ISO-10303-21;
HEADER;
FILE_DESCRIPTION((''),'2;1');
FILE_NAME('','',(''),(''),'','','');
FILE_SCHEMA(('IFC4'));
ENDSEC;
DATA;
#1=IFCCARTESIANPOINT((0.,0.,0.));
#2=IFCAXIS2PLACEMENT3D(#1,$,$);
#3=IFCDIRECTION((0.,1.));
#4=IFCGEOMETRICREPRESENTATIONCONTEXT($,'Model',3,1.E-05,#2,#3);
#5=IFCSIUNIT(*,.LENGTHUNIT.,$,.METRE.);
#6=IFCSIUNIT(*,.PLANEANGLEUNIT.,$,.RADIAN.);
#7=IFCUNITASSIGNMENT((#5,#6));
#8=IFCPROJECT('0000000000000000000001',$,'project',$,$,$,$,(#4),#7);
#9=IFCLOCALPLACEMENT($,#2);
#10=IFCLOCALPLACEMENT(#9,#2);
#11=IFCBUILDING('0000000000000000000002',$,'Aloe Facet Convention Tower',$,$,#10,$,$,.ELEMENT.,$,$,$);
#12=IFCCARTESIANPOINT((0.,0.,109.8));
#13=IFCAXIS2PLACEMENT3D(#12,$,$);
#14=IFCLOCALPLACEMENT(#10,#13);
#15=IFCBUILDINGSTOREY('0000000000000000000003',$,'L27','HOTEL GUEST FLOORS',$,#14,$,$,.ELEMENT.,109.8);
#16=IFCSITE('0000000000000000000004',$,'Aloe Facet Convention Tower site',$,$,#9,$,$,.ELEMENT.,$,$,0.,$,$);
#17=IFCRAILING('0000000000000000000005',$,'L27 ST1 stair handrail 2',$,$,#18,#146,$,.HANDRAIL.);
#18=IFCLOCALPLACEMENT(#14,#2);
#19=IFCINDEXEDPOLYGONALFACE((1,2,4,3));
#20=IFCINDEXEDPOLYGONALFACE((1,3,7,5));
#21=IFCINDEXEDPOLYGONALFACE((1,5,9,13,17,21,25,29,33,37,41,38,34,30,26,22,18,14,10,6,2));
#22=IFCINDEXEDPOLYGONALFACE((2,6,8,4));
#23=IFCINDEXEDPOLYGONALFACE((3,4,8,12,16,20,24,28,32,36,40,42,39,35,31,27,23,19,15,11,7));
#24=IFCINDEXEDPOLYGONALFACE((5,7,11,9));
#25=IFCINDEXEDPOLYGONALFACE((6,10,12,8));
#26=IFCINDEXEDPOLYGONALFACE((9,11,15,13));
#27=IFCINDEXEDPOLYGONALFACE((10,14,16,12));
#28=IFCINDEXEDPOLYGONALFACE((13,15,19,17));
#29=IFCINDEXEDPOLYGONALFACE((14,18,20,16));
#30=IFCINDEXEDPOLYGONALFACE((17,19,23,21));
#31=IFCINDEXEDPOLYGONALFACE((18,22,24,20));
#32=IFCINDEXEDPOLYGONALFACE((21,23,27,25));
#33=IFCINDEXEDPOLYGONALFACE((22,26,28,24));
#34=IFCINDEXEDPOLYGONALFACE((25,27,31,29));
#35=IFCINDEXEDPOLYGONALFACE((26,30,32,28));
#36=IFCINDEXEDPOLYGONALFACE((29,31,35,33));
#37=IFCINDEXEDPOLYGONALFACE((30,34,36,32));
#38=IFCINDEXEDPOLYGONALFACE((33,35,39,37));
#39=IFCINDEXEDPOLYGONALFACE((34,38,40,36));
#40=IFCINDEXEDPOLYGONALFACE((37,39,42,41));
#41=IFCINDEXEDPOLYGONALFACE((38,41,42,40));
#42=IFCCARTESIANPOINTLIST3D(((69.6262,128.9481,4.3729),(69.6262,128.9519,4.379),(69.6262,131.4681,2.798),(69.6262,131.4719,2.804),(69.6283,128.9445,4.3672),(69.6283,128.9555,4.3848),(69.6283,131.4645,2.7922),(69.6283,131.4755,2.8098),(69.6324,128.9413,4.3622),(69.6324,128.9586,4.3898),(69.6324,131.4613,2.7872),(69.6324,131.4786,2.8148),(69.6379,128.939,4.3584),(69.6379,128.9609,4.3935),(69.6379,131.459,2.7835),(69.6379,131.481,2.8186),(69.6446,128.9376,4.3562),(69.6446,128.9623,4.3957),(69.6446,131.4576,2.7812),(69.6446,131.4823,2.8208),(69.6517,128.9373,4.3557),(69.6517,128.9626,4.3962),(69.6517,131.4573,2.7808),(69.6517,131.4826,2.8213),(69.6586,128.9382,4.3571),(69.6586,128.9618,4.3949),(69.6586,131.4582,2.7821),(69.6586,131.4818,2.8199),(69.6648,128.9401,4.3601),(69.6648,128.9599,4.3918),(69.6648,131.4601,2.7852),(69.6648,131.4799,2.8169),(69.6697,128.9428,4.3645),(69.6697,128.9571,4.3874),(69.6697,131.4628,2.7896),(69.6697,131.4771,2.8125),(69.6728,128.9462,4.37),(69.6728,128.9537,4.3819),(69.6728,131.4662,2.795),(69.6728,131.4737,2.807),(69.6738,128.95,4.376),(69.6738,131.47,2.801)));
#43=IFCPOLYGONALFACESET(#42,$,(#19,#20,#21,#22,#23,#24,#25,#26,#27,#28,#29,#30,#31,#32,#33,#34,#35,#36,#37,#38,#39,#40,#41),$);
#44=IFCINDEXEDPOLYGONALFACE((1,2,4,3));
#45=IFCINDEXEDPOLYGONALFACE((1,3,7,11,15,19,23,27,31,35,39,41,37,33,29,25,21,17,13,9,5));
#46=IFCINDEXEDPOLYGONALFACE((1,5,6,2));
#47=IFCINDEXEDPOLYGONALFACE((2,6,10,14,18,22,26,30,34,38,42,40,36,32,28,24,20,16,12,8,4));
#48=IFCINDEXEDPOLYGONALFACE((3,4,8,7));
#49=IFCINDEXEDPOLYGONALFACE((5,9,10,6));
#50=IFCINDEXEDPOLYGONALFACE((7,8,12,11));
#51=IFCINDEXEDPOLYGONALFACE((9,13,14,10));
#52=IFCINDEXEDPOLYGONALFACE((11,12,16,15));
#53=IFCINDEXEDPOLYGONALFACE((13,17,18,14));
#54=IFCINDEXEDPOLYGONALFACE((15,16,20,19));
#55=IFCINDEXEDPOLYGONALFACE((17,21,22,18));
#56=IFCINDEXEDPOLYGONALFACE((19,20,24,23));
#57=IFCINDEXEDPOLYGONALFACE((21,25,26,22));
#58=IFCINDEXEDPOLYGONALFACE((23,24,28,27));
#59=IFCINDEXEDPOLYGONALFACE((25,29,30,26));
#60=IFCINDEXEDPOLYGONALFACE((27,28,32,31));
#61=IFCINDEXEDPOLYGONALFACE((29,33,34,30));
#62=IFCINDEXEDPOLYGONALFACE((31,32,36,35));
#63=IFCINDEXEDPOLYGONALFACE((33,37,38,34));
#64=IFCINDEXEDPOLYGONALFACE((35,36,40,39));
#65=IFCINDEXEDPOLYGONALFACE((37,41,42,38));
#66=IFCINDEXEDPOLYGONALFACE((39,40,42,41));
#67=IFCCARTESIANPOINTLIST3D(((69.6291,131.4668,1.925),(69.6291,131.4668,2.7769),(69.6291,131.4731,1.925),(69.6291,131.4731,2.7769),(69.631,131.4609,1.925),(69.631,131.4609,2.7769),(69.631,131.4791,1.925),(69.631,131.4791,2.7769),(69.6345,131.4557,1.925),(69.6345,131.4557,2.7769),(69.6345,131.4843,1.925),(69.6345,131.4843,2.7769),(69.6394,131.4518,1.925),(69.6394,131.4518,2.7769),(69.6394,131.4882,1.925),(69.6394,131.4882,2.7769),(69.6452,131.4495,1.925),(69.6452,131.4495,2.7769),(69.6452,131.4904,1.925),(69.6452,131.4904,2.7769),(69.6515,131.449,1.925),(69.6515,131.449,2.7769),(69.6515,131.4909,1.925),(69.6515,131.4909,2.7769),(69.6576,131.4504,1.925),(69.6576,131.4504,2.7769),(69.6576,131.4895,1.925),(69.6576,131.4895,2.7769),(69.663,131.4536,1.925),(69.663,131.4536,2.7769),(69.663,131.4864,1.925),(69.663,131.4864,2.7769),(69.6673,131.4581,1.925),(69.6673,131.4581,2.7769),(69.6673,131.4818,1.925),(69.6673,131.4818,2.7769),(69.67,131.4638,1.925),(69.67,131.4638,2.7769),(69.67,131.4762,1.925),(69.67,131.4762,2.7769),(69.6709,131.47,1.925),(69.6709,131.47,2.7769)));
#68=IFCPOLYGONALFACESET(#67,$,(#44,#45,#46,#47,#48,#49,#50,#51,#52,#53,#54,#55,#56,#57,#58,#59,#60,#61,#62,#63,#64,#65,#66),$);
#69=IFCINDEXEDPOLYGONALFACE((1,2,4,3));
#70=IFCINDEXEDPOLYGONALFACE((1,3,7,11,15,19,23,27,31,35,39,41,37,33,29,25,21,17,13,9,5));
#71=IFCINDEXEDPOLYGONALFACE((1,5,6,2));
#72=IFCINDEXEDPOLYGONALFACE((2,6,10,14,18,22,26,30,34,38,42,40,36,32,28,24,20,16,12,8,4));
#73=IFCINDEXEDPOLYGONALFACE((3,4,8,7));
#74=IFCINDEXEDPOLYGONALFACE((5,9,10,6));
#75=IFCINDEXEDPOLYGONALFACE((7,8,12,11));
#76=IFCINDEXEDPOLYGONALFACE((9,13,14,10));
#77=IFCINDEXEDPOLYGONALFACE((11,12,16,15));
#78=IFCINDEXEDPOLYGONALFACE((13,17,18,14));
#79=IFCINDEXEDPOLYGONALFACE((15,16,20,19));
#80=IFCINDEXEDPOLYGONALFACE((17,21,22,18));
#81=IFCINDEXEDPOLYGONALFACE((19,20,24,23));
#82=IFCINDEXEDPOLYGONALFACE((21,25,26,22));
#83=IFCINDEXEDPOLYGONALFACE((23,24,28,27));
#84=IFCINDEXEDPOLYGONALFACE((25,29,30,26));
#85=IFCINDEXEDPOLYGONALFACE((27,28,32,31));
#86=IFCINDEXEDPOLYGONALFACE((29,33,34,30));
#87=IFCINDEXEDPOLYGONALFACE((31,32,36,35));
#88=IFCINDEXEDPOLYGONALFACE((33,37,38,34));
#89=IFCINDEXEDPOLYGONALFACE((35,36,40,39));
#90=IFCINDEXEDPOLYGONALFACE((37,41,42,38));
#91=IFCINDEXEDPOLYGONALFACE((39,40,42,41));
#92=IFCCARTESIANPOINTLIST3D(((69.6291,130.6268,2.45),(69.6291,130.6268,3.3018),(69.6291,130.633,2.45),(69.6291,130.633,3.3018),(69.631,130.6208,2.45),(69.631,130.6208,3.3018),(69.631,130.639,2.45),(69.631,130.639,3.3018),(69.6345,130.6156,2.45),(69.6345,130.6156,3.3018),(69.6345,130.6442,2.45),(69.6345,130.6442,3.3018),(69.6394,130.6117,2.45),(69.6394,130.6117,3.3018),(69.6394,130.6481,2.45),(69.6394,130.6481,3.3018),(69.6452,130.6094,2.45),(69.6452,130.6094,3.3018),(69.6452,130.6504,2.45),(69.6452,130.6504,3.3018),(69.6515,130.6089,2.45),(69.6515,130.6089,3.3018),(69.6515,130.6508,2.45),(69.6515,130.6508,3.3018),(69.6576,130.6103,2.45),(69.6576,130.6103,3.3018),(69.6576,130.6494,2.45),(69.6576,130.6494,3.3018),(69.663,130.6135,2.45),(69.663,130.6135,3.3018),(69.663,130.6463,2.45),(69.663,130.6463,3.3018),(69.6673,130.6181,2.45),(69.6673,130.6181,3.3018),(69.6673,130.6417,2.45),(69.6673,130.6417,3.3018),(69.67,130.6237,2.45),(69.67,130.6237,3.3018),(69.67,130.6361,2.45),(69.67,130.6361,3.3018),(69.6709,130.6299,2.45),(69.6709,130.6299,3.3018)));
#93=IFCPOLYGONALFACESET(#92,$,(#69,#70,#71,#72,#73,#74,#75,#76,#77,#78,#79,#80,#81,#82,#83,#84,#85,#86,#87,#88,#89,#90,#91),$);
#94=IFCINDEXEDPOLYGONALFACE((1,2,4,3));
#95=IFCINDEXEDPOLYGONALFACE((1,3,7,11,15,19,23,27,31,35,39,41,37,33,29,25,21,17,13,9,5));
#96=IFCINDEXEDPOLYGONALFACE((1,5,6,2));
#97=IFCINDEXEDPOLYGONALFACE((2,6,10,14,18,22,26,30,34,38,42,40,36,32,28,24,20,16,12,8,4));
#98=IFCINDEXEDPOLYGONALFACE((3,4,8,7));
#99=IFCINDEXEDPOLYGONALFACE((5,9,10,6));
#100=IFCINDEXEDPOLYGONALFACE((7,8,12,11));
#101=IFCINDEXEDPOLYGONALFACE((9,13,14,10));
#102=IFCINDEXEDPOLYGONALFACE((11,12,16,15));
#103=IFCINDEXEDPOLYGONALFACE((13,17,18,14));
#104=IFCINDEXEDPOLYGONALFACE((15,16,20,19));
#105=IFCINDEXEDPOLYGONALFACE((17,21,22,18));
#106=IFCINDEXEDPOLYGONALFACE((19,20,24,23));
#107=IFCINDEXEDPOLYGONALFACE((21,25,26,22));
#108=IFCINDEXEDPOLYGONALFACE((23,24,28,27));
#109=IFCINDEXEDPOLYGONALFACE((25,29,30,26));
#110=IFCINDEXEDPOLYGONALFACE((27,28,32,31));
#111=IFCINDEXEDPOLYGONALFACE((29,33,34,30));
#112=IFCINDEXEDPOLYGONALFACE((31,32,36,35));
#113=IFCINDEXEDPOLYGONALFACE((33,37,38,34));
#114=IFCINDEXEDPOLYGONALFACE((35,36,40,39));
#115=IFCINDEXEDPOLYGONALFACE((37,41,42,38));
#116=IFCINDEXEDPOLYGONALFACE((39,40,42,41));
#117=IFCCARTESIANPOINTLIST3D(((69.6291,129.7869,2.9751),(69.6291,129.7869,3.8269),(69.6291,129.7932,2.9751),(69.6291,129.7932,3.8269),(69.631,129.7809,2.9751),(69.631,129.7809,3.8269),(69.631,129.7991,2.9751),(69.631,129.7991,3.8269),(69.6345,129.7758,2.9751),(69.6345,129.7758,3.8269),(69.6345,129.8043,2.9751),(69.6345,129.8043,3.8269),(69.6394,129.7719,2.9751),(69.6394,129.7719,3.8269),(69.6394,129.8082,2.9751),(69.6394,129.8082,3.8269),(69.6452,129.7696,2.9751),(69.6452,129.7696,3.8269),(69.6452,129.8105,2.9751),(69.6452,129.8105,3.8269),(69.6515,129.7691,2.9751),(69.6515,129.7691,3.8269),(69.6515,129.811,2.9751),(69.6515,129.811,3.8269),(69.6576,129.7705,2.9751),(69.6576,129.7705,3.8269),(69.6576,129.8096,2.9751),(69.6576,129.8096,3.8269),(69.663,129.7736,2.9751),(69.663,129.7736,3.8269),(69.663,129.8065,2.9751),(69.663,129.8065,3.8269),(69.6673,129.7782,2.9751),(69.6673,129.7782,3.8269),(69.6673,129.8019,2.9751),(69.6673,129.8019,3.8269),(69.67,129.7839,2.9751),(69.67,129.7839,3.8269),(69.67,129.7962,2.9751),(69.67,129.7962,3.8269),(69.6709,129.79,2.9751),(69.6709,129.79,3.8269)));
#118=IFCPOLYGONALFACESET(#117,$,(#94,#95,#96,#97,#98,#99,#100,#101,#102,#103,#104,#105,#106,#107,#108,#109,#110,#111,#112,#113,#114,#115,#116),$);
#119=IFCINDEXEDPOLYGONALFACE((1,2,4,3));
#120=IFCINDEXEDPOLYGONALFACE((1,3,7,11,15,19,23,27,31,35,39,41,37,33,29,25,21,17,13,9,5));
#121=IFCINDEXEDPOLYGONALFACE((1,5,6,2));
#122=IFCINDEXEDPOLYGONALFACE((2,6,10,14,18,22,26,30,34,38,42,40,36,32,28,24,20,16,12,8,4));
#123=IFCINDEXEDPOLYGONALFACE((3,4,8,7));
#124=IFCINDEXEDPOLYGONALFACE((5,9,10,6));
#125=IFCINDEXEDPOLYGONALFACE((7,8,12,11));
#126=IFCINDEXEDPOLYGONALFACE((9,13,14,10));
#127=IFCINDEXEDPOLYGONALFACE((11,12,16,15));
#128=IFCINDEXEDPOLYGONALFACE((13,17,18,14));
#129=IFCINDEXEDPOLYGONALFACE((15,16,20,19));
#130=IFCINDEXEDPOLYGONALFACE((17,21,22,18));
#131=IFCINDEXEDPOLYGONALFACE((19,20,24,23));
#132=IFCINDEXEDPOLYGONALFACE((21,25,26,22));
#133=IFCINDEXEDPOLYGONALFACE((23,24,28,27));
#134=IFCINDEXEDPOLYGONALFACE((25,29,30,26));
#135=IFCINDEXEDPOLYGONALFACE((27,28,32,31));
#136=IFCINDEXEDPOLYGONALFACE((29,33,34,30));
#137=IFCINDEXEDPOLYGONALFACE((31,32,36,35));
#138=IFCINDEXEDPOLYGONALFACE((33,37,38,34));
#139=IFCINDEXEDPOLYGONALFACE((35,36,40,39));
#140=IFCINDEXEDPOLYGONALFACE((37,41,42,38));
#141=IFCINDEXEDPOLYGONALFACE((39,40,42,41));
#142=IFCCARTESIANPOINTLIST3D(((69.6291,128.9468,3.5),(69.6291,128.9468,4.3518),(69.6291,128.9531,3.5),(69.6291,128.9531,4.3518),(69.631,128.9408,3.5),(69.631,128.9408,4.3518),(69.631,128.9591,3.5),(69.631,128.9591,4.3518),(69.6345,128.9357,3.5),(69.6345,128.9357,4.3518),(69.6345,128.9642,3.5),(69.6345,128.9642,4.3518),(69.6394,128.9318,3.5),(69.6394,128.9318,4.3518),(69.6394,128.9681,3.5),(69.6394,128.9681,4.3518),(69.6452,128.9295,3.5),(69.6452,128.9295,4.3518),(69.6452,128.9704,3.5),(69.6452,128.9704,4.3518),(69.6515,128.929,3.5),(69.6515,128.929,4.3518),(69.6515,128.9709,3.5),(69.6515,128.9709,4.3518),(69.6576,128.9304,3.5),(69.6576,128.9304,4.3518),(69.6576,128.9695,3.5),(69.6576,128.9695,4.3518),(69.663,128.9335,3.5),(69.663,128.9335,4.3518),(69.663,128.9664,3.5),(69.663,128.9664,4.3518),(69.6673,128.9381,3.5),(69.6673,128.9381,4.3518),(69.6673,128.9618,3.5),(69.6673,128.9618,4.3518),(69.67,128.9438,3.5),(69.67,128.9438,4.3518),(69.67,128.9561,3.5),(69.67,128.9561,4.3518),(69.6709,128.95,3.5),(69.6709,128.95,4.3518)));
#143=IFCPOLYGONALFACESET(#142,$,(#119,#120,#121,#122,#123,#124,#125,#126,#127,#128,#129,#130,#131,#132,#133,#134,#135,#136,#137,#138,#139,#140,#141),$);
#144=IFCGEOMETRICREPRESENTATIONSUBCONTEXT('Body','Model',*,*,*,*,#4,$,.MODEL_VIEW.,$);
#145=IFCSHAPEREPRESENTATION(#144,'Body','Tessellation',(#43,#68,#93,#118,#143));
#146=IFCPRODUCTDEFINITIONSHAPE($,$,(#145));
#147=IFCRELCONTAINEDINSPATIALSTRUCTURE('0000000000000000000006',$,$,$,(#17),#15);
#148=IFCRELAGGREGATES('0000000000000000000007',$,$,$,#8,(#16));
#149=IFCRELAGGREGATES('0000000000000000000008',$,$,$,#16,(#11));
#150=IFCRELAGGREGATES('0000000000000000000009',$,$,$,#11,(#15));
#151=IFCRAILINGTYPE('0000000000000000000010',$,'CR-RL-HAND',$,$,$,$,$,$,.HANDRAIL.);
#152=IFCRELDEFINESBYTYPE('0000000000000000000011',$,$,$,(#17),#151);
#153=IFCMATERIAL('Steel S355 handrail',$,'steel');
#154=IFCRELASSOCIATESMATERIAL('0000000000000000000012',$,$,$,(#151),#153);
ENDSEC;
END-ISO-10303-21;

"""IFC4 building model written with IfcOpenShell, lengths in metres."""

from ifc_helpers import new_model, si_unit, direction, frame, origin, origin_2d, place, context, subcontext, project, spatial, circle, extrude, material, type_object, element, save


model = new_model("IFC4")

# Units and contexts
model_context = context("Model", 3, precision=1e-05, world=origin(), true_north=direction((0.0, 1.0)))
body_context = subcontext(model_context, "Body", "Model", "MODEL_VIEW")
ifc_project = project(units=[si_unit("LENGTHUNIT", "METRE"), si_unit("PLANEANGLEUNIT", "RADIAN")], contexts=[model_context])

# Site, building, storey
site_placement = place(None, origin())
site = spatial("IfcSite", under=ifc_project, at=site_placement, Name="Aloe Facet Convention Tower site", CompositionType="ELEMENT", RefElevation=0.0)
building_placement = place(site_placement, origin())
building = spatial("IfcBuilding", under=site, at=building_placement, Name="Aloe Facet Convention Tower", CompositionType="ELEMENT")
storey_placement = place(building_placement, frame((0.0, 0.0, 109.8)))
storey = spatial("IfcBuildingStorey", under=building, at=storey_placement, Name="L27", Description="HOTEL GUEST FLOORS", CompositionType="ELEMENT", Elevation=109.8)

# Railing
ifc_material_1 = material(Name="Steel S355 handrail", Category="steel")
railing_type_1 = type_object("IfcRailingType", Name="CR-RL-HAND", PredefinedType="HANDRAIL", material=ifc_material_1)
railing_1_placement = place(storey_placement, frame((69.6499, 131.47, 1.925)))
element("IfcRailing", 1, at=railing_1_placement, inside=storey, type_object=railing_type_1, Name="L27 ST1 stair handrail 2", PredefinedType="HANDRAIL", context=body_context, shape_type="SweptSolid", body=[
    extrude(circle(Radius=0.0239, at=origin_2d()), frame((0.0, 0.0, 0.876), z_axis=(0.0, -0.848008, 0.529984), x_axis=(1.0, 0.0, 0.0)), (0.0, 0.0, 1.0), 2.9717),
    extrude(circle(Radius=0.021, at=origin_2d()), origin(), (0.0, 0.0, 1.0), 0.8518),
    extrude(circle(Radius=0.021, at=origin_2d()), frame((0.0, -0.8401, 0.5249)), (0.0, 0.0, 1.0), 0.8518),
    extrude(circle(Radius=0.021, at=origin_2d()), frame((0.0, -1.6799, 1.05)), (0.0, 0.0, 1.0), 0.8518),
    extrude(circle(Radius=0.021, at=origin_2d()), frame((0.0, -2.52, 1.575)), (0.0, 0.0, 1.0), 0.8518),
])

save(model, "model.ifc")
